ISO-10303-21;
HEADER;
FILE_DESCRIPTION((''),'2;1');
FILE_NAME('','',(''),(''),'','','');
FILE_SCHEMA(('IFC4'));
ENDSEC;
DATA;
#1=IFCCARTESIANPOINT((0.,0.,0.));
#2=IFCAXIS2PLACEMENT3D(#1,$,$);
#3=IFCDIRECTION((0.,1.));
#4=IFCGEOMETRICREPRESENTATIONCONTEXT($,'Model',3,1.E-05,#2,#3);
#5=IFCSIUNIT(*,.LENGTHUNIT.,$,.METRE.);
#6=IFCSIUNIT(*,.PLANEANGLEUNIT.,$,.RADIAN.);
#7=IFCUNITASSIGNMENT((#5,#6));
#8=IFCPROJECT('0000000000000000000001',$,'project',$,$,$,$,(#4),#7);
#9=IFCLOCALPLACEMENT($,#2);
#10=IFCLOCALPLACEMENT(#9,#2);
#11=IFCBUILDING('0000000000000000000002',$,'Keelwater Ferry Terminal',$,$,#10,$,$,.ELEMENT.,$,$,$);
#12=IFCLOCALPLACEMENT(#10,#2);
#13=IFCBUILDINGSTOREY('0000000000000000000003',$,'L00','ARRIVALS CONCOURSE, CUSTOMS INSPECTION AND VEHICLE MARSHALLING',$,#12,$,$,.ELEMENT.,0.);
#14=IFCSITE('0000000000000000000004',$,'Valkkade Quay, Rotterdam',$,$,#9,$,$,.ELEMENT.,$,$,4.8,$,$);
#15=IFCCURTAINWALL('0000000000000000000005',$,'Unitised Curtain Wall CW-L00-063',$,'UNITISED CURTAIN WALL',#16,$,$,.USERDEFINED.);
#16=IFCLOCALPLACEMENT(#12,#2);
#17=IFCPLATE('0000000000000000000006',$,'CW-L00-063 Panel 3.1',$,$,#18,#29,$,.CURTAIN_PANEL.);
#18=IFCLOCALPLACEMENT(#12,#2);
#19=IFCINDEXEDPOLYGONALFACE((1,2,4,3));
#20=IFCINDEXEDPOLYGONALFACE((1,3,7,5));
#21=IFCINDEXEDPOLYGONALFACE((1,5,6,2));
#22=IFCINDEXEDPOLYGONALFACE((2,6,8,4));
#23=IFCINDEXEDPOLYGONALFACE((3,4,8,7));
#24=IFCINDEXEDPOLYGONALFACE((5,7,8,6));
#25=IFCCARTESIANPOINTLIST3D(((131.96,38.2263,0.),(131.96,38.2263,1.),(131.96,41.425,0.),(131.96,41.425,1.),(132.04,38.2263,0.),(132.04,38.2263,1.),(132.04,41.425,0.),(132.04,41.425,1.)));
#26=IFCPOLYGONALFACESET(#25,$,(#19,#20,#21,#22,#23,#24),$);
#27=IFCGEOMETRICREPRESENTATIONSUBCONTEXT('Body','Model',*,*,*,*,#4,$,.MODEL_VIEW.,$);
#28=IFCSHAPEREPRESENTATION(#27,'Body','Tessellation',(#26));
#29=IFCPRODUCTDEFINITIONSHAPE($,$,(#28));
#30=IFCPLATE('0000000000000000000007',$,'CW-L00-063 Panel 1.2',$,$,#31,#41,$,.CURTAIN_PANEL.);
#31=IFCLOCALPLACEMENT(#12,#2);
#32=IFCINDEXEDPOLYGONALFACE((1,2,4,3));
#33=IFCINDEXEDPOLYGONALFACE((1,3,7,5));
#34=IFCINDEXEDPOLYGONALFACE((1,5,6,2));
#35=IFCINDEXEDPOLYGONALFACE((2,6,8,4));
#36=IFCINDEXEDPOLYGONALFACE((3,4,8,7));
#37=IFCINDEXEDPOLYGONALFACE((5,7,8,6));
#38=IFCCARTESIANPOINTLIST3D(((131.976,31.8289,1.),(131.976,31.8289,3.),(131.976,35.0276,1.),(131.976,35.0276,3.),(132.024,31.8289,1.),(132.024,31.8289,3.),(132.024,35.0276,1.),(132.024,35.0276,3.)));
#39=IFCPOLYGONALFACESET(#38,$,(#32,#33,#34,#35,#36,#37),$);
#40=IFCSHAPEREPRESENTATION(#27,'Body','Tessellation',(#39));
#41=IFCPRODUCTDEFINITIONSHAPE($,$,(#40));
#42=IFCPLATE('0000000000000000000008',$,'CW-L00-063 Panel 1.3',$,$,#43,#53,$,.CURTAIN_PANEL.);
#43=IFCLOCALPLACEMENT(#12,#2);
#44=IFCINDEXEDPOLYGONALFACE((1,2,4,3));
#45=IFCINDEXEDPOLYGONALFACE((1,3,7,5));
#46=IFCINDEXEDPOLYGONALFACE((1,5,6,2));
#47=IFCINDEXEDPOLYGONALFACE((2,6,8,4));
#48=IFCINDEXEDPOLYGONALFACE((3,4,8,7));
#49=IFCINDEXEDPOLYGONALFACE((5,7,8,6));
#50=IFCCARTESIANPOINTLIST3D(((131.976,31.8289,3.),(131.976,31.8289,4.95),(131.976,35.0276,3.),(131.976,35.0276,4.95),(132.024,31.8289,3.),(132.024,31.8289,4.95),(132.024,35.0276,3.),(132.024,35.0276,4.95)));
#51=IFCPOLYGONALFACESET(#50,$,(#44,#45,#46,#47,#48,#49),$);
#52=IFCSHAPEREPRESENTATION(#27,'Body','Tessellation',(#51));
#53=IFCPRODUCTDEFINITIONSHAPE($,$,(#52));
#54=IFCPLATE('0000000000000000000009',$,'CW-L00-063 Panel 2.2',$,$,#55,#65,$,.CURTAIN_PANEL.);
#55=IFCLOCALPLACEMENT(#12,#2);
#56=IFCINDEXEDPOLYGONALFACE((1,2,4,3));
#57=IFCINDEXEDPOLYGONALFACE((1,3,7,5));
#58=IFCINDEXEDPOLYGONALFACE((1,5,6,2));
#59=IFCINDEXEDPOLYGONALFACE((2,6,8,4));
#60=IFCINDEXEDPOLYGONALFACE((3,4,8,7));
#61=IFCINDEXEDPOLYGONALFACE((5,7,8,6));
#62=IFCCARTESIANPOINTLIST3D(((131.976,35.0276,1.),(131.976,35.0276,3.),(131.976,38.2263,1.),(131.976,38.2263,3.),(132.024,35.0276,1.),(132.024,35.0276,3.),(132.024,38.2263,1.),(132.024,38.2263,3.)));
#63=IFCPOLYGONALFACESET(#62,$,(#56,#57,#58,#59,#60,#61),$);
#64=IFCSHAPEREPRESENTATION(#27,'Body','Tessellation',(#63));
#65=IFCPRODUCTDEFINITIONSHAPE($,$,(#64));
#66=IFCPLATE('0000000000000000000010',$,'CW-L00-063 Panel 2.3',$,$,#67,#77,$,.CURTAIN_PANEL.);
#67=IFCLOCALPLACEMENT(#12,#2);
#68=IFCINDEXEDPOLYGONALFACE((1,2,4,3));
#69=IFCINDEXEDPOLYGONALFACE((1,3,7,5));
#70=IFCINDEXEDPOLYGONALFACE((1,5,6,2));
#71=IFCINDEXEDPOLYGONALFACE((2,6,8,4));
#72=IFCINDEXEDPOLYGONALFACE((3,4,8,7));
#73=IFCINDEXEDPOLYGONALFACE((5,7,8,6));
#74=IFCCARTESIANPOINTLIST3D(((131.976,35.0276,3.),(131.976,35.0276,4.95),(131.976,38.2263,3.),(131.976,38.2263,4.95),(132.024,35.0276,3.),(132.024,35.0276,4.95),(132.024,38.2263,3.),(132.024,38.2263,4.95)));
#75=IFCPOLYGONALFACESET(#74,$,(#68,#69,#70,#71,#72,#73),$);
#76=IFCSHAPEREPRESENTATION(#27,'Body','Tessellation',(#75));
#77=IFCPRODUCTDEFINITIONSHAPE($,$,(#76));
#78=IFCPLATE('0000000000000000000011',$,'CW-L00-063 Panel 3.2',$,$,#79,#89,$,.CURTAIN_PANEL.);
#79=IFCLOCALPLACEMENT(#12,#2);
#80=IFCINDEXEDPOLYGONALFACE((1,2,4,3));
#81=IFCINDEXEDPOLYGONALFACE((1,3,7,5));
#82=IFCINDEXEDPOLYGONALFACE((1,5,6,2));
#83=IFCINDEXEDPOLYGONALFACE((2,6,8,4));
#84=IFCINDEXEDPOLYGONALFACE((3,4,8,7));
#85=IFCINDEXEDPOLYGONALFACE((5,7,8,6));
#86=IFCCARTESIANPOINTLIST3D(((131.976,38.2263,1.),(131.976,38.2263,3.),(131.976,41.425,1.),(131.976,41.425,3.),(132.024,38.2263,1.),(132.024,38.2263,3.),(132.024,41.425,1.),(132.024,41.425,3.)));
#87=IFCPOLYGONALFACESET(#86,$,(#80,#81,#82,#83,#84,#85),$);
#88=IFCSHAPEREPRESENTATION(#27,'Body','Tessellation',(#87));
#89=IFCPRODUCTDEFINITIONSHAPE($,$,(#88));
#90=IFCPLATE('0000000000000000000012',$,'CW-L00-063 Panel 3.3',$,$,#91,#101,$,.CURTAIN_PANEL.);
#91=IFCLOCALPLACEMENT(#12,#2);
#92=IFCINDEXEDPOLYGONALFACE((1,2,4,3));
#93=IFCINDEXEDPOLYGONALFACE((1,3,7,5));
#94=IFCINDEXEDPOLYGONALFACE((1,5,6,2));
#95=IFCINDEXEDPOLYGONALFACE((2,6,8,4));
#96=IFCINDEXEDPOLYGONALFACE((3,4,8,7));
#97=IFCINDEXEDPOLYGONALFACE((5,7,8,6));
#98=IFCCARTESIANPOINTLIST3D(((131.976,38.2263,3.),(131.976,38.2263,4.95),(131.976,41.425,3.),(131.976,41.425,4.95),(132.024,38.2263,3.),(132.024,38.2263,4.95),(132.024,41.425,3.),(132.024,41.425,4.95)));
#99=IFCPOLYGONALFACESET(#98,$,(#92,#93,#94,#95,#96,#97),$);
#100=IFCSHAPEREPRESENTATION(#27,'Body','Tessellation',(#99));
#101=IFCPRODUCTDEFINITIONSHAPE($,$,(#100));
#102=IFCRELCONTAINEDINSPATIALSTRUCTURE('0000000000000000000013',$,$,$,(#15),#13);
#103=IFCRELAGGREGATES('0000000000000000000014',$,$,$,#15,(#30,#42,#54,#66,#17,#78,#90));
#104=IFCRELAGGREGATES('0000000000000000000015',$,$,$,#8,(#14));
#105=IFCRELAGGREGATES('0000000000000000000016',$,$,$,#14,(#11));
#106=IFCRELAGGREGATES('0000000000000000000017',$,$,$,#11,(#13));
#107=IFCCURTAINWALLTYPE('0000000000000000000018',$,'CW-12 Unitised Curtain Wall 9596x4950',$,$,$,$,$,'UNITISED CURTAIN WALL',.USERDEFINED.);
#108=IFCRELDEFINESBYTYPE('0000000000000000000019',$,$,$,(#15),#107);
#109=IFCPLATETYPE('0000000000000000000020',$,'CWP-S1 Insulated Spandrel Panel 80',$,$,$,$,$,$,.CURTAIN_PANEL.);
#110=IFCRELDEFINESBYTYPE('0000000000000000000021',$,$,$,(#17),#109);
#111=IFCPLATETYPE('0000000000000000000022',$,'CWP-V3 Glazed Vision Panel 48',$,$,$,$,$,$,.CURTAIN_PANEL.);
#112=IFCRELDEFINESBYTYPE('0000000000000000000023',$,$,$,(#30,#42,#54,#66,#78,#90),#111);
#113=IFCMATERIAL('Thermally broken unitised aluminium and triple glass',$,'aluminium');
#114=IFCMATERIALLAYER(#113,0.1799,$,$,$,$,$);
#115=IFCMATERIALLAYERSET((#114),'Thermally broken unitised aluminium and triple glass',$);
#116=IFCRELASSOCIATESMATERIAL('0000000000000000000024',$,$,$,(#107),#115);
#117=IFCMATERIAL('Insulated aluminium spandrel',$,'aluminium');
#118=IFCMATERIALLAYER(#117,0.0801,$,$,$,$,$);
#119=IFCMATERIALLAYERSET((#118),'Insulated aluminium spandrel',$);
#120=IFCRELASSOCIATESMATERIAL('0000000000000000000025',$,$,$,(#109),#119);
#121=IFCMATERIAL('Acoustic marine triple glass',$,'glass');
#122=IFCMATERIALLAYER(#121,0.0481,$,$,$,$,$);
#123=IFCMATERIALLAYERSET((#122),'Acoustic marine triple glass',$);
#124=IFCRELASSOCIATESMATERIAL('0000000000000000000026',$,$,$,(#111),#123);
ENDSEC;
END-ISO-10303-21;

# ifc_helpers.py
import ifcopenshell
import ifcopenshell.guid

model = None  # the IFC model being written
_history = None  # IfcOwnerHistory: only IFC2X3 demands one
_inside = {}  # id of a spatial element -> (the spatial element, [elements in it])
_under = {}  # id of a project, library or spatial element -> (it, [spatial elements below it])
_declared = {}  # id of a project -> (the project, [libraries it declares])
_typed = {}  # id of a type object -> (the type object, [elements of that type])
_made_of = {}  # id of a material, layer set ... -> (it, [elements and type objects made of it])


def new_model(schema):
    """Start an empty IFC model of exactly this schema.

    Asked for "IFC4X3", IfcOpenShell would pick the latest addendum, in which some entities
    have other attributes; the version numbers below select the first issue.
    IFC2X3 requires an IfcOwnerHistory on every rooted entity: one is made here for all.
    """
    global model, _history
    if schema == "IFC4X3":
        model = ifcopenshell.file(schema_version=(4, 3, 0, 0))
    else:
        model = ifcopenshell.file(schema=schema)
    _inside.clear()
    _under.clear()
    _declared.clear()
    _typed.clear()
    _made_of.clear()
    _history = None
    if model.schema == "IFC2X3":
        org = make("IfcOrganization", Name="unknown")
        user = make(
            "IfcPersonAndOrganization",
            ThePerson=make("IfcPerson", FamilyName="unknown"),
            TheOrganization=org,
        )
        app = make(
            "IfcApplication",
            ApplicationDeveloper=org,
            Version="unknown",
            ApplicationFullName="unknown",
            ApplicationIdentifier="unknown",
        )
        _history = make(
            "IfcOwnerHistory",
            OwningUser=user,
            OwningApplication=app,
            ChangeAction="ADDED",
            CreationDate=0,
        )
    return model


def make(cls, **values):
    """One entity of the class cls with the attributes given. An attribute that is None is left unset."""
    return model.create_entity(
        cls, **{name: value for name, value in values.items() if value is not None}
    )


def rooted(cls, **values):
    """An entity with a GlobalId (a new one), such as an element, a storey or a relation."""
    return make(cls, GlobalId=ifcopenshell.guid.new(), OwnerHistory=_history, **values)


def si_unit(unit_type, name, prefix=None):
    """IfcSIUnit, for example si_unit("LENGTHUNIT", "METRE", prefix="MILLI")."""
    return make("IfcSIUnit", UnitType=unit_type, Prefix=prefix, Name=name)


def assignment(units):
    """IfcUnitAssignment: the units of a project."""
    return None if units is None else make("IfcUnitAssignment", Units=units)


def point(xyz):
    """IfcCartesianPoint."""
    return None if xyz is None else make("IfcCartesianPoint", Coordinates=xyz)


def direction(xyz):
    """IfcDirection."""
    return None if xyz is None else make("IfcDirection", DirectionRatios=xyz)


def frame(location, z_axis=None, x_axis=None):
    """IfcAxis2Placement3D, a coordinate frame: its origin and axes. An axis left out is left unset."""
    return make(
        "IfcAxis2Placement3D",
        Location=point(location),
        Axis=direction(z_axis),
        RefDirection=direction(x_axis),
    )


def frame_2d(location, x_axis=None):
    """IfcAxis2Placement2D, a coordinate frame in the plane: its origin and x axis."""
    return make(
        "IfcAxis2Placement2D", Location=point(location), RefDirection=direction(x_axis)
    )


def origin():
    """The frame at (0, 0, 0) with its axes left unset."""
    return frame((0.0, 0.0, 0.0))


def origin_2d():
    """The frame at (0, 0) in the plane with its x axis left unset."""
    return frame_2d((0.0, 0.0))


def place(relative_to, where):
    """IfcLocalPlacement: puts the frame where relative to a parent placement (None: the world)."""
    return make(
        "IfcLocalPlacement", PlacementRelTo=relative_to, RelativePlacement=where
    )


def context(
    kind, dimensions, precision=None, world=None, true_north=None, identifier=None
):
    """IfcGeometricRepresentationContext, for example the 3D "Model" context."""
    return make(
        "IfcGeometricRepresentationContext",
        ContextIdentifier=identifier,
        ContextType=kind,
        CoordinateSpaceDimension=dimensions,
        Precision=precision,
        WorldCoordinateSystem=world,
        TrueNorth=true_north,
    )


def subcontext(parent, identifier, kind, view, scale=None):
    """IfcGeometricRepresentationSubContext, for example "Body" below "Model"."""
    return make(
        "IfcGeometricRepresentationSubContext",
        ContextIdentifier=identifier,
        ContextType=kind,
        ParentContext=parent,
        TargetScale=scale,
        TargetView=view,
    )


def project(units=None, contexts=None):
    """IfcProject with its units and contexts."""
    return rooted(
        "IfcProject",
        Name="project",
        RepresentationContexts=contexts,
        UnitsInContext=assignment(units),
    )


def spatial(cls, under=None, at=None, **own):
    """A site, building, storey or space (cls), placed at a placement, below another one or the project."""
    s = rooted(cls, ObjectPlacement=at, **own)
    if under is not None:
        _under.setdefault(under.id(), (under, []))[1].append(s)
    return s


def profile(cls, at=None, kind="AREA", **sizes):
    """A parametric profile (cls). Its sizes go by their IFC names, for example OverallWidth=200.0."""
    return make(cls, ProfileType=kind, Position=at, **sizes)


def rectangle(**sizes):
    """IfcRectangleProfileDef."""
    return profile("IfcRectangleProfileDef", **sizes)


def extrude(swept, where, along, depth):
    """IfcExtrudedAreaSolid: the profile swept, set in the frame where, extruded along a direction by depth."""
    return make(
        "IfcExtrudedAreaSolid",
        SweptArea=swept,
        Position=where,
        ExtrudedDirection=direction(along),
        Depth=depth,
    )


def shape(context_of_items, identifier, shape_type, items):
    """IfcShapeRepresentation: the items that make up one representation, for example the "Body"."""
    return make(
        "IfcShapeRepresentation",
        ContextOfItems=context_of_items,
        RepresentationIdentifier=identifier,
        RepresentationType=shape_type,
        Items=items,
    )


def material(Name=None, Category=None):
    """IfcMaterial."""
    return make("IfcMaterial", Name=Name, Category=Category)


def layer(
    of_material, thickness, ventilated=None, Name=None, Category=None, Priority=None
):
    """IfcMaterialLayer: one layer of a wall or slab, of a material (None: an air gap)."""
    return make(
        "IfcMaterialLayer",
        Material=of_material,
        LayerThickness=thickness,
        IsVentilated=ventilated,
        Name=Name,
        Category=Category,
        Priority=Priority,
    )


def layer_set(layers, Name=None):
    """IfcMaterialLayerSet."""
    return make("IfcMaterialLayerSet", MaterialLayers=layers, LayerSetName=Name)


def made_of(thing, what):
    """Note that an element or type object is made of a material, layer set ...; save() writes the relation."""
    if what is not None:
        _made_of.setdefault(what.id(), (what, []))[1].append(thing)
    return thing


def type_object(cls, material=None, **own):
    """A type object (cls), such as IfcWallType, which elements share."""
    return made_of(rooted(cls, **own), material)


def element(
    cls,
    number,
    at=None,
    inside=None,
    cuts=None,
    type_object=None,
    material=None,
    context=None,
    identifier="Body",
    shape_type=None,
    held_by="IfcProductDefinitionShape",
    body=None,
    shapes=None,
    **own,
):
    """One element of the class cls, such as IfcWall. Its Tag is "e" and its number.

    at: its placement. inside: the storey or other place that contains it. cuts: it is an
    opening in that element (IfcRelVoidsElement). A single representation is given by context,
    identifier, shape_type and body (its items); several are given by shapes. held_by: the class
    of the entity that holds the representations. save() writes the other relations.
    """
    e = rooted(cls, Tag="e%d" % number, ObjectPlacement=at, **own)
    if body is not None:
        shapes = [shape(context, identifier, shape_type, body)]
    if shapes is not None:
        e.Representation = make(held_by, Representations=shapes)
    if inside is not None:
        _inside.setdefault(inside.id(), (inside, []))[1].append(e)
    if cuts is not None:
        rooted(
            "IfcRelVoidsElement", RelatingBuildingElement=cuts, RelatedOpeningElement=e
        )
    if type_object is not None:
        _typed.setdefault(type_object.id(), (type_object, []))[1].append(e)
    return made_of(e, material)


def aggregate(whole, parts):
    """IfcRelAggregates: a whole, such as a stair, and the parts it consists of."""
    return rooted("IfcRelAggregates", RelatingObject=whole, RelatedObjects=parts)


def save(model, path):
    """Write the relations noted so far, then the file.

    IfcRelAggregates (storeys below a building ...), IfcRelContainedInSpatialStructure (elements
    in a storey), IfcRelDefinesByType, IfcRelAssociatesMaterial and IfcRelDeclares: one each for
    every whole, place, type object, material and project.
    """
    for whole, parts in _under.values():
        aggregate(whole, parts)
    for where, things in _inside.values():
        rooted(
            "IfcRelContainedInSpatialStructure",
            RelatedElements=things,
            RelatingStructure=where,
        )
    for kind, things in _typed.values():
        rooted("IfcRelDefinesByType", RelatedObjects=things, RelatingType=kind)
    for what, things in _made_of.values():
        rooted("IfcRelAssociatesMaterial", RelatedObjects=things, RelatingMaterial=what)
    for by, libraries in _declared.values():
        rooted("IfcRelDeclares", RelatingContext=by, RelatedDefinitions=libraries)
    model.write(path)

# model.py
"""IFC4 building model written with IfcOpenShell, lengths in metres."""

from ifc_helpers import new_model, si_unit, direction, frame, origin, origin_2d, place, context, subcontext, project, spatial, rectangle, extrude, material, layer, layer_set, type_object, element, aggregate, save


model = new_model("IFC4")

# Units and contexts
model_context = context("Model", 3, precision=1e-05, world=origin(), true_north=direction((0.0, 1.0)))
body_context = subcontext(model_context, "Body", "Model", "MODEL_VIEW")
ifc_project = project(units=[si_unit("LENGTHUNIT", "METRE"), si_unit("PLANEANGLEUNIT", "RADIAN")], contexts=[model_context])

# Site, building, storey
site_placement = place(None, origin())
site = spatial("IfcSite", under=ifc_project, at=site_placement, Name="Valkkade Quay, Rotterdam", CompositionType="ELEMENT", RefElevation=4.8)
building_placement = place(site_placement, origin())
building = spatial("IfcBuilding", under=site, at=building_placement, Name="Keelwater Ferry Terminal", CompositionType="ELEMENT")
storey_placement = place(building_placement, origin())
storey = spatial("IfcBuildingStorey", under=building, at=storey_placement, Name="L00", Description="ARRIVALS CONCOURSE, CUSTOMS INSPECTION AND VEHICLE MARSHALLING", CompositionType="ELEMENT", Elevation=0.0)

# Curtain wall
ifc_material_1 = material(Name="Thermally broken unitised aluminium and triple glass", Category="aluminium")
ifc_layer_1 = layer(ifc_material_1, 0.1799)
ifc_layer_set_1 = layer_set([ifc_layer_1], Name="Thermally broken unitised aluminium and triple glass")
curtain_wall_type_1 = type_object("IfcCurtainWallType", Name="CW-12 Unitised Curtain Wall 9596x4950", ElementType="UNITISED CURTAIN WALL", PredefinedType="USERDEFINED", material=ifc_layer_set_1)
curtain_wall_1_placement = place(storey_placement, origin())
curtain_wall_1 = element("IfcCurtainWall", 1, at=curtain_wall_1_placement, inside=storey, type_object=curtain_wall_type_1, Name="Unitised Curtain Wall CW-L00-063", ObjectType="UNITISED CURTAIN WALL", PredefinedType="USERDEFINED")

# Plates
ifc_material_2 = material(Name="Insulated aluminium spandrel", Category="aluminium")
ifc_layer_2 = layer(ifc_material_2, 0.0801)
ifc_layer_set_2 = layer_set([ifc_layer_2], Name="Insulated aluminium spandrel")
plate_type_1 = type_object("IfcPlateType", Name="CWP-S1 Insulated Spandrel Panel 80", PredefinedType="CURTAIN_PANEL", material=ifc_layer_set_2)
plate_1_placement = place(storey_placement, frame((132.0, 39.8257, 0.0), z_axis=(0.0, 0.0, 1.0), x_axis=(0.0, 1.0, 0.0)))
plate_1 = element("IfcPlate", 2, at=plate_1_placement, type_object=plate_type_1, Name="CW-L00-063 Panel 3.1", PredefinedType="CURTAIN_PANEL", context=body_context, shape_type="SweptSolid", body=[
    extrude(rectangle(XDim=3.1987, YDim=0.0801, at=origin_2d()), origin(), (0.0, 0.0, 1.0), 1.0),
])
ifc_material_3 = material(Name="Acoustic marine triple glass", Category="glass")
ifc_layer_3 = layer(ifc_material_3, 0.0481)
ifc_layer_set_3 = layer_set([ifc_layer_3], Name="Acoustic marine triple glass")
plate_type_2 = type_object("IfcPlateType", Name="CWP-V3 Glazed Vision Panel 48", PredefinedType="CURTAIN_PANEL", material=ifc_layer_set_3)
plate_2_placement = place(storey_placement, frame((132.0, 33.4282, 1.0), z_axis=(0.0, 0.0, 1.0), x_axis=(0.0, 1.0, 0.0)))
plate_2 = element("IfcPlate", 3, at=plate_2_placement, type_object=plate_type_2, Name="CW-L00-063 Panel 1.2", PredefinedType="CURTAIN_PANEL", context=body_context, shape_type="SweptSolid", body=[
    extrude(rectangle(XDim=3.1987, YDim=0.0481, at=origin_2d()), origin(), (0.0, 0.0, 1.0), 2.0),
])
plate_3_placement = place(storey_placement, frame((132.0, 33.4282, 3.0), z_axis=(0.0, 0.0, 1.0), x_axis=(0.0, 1.0, 0.0)))
plate_3 = element("IfcPlate", 4, at=plate_3_placement, type_object=plate_type_2, Name="CW-L00-063 Panel 1.3", PredefinedType="CURTAIN_PANEL", context=body_context, shape_type="SweptSolid", body=[
    extrude(rectangle(XDim=3.1987, YDim=0.0481, at=origin_2d()), origin(), (0.0, 0.0, 1.0), 1.95),
])
plate_4_placement = place(storey_placement, frame((132.0, 36.627, 1.0), z_axis=(0.0, 0.0, 1.0), x_axis=(0.0, 1.0, 0.0)))
plate_4 = element("IfcPlate", 5, at=plate_4_placement, type_object=plate_type_2, Name="CW-L00-063 Panel 2.2", PredefinedType="CURTAIN_PANEL", context=body_context, shape_type="SweptSolid", body=[
    extrude(rectangle(XDim=3.1987, YDim=0.0481, at=origin_2d()), origin(), (0.0, 0.0, 1.0), 2.0),
])
plate_5_placement = place(storey_placement, frame((132.0, 36.627, 3.0), z_axis=(0.0, 0.0, 1.0), x_axis=(0.0, 1.0, 0.0)))
plate_5 = element("IfcPlate", 6, at=plate_5_placement, type_object=plate_type_2, Name="CW-L00-063 Panel 2.3", PredefinedType="CURTAIN_PANEL", context=body_context, shape_type="SweptSolid", body=[
    extrude(rectangle(XDim=3.1987, YDim=0.0481, at=origin_2d()), origin(), (0.0, 0.0, 1.0), 1.95),
])
plate_6_placement = place(storey_placement, frame((132.0, 39.8257, 1.0), z_axis=(0.0, 0.0, 1.0), x_axis=(0.0, 1.0, 0.0)))
plate_6 = element("IfcPlate", 7, at=plate_6_placement, type_object=plate_type_2, Name="CW-L00-063 Panel 3.2", PredefinedType="CURTAIN_PANEL", context=body_context, shape_type="SweptSolid", body=[
    extrude(rectangle(XDim=3.1987, YDim=0.0481, at=origin_2d()), origin(), (0.0, 0.0, 1.0), 2.0),
])
plate_7_placement = place(storey_placement, frame((132.0, 39.8257, 3.0), z_axis=(0.0, 0.0, 1.0), x_axis=(0.0, 1.0, 0.0)))
plate_7 = element("IfcPlate", 8, at=plate_7_placement, type_object=plate_type_2, Name="CW-L00-063 Panel 3.3", PredefinedType="CURTAIN_PANEL", context=body_context, shape_type="SweptSolid", body=[
    extrude(rectangle(XDim=3.1987, YDim=0.0481, at=origin_2d()), origin(), (0.0, 0.0, 1.0), 1.95),
])
aggregate(curtain_wall_1, [plate_2, plate_3, plate_4, plate_5, plate_1, plate_6, plate_7])

save(model, "model.ifc")
